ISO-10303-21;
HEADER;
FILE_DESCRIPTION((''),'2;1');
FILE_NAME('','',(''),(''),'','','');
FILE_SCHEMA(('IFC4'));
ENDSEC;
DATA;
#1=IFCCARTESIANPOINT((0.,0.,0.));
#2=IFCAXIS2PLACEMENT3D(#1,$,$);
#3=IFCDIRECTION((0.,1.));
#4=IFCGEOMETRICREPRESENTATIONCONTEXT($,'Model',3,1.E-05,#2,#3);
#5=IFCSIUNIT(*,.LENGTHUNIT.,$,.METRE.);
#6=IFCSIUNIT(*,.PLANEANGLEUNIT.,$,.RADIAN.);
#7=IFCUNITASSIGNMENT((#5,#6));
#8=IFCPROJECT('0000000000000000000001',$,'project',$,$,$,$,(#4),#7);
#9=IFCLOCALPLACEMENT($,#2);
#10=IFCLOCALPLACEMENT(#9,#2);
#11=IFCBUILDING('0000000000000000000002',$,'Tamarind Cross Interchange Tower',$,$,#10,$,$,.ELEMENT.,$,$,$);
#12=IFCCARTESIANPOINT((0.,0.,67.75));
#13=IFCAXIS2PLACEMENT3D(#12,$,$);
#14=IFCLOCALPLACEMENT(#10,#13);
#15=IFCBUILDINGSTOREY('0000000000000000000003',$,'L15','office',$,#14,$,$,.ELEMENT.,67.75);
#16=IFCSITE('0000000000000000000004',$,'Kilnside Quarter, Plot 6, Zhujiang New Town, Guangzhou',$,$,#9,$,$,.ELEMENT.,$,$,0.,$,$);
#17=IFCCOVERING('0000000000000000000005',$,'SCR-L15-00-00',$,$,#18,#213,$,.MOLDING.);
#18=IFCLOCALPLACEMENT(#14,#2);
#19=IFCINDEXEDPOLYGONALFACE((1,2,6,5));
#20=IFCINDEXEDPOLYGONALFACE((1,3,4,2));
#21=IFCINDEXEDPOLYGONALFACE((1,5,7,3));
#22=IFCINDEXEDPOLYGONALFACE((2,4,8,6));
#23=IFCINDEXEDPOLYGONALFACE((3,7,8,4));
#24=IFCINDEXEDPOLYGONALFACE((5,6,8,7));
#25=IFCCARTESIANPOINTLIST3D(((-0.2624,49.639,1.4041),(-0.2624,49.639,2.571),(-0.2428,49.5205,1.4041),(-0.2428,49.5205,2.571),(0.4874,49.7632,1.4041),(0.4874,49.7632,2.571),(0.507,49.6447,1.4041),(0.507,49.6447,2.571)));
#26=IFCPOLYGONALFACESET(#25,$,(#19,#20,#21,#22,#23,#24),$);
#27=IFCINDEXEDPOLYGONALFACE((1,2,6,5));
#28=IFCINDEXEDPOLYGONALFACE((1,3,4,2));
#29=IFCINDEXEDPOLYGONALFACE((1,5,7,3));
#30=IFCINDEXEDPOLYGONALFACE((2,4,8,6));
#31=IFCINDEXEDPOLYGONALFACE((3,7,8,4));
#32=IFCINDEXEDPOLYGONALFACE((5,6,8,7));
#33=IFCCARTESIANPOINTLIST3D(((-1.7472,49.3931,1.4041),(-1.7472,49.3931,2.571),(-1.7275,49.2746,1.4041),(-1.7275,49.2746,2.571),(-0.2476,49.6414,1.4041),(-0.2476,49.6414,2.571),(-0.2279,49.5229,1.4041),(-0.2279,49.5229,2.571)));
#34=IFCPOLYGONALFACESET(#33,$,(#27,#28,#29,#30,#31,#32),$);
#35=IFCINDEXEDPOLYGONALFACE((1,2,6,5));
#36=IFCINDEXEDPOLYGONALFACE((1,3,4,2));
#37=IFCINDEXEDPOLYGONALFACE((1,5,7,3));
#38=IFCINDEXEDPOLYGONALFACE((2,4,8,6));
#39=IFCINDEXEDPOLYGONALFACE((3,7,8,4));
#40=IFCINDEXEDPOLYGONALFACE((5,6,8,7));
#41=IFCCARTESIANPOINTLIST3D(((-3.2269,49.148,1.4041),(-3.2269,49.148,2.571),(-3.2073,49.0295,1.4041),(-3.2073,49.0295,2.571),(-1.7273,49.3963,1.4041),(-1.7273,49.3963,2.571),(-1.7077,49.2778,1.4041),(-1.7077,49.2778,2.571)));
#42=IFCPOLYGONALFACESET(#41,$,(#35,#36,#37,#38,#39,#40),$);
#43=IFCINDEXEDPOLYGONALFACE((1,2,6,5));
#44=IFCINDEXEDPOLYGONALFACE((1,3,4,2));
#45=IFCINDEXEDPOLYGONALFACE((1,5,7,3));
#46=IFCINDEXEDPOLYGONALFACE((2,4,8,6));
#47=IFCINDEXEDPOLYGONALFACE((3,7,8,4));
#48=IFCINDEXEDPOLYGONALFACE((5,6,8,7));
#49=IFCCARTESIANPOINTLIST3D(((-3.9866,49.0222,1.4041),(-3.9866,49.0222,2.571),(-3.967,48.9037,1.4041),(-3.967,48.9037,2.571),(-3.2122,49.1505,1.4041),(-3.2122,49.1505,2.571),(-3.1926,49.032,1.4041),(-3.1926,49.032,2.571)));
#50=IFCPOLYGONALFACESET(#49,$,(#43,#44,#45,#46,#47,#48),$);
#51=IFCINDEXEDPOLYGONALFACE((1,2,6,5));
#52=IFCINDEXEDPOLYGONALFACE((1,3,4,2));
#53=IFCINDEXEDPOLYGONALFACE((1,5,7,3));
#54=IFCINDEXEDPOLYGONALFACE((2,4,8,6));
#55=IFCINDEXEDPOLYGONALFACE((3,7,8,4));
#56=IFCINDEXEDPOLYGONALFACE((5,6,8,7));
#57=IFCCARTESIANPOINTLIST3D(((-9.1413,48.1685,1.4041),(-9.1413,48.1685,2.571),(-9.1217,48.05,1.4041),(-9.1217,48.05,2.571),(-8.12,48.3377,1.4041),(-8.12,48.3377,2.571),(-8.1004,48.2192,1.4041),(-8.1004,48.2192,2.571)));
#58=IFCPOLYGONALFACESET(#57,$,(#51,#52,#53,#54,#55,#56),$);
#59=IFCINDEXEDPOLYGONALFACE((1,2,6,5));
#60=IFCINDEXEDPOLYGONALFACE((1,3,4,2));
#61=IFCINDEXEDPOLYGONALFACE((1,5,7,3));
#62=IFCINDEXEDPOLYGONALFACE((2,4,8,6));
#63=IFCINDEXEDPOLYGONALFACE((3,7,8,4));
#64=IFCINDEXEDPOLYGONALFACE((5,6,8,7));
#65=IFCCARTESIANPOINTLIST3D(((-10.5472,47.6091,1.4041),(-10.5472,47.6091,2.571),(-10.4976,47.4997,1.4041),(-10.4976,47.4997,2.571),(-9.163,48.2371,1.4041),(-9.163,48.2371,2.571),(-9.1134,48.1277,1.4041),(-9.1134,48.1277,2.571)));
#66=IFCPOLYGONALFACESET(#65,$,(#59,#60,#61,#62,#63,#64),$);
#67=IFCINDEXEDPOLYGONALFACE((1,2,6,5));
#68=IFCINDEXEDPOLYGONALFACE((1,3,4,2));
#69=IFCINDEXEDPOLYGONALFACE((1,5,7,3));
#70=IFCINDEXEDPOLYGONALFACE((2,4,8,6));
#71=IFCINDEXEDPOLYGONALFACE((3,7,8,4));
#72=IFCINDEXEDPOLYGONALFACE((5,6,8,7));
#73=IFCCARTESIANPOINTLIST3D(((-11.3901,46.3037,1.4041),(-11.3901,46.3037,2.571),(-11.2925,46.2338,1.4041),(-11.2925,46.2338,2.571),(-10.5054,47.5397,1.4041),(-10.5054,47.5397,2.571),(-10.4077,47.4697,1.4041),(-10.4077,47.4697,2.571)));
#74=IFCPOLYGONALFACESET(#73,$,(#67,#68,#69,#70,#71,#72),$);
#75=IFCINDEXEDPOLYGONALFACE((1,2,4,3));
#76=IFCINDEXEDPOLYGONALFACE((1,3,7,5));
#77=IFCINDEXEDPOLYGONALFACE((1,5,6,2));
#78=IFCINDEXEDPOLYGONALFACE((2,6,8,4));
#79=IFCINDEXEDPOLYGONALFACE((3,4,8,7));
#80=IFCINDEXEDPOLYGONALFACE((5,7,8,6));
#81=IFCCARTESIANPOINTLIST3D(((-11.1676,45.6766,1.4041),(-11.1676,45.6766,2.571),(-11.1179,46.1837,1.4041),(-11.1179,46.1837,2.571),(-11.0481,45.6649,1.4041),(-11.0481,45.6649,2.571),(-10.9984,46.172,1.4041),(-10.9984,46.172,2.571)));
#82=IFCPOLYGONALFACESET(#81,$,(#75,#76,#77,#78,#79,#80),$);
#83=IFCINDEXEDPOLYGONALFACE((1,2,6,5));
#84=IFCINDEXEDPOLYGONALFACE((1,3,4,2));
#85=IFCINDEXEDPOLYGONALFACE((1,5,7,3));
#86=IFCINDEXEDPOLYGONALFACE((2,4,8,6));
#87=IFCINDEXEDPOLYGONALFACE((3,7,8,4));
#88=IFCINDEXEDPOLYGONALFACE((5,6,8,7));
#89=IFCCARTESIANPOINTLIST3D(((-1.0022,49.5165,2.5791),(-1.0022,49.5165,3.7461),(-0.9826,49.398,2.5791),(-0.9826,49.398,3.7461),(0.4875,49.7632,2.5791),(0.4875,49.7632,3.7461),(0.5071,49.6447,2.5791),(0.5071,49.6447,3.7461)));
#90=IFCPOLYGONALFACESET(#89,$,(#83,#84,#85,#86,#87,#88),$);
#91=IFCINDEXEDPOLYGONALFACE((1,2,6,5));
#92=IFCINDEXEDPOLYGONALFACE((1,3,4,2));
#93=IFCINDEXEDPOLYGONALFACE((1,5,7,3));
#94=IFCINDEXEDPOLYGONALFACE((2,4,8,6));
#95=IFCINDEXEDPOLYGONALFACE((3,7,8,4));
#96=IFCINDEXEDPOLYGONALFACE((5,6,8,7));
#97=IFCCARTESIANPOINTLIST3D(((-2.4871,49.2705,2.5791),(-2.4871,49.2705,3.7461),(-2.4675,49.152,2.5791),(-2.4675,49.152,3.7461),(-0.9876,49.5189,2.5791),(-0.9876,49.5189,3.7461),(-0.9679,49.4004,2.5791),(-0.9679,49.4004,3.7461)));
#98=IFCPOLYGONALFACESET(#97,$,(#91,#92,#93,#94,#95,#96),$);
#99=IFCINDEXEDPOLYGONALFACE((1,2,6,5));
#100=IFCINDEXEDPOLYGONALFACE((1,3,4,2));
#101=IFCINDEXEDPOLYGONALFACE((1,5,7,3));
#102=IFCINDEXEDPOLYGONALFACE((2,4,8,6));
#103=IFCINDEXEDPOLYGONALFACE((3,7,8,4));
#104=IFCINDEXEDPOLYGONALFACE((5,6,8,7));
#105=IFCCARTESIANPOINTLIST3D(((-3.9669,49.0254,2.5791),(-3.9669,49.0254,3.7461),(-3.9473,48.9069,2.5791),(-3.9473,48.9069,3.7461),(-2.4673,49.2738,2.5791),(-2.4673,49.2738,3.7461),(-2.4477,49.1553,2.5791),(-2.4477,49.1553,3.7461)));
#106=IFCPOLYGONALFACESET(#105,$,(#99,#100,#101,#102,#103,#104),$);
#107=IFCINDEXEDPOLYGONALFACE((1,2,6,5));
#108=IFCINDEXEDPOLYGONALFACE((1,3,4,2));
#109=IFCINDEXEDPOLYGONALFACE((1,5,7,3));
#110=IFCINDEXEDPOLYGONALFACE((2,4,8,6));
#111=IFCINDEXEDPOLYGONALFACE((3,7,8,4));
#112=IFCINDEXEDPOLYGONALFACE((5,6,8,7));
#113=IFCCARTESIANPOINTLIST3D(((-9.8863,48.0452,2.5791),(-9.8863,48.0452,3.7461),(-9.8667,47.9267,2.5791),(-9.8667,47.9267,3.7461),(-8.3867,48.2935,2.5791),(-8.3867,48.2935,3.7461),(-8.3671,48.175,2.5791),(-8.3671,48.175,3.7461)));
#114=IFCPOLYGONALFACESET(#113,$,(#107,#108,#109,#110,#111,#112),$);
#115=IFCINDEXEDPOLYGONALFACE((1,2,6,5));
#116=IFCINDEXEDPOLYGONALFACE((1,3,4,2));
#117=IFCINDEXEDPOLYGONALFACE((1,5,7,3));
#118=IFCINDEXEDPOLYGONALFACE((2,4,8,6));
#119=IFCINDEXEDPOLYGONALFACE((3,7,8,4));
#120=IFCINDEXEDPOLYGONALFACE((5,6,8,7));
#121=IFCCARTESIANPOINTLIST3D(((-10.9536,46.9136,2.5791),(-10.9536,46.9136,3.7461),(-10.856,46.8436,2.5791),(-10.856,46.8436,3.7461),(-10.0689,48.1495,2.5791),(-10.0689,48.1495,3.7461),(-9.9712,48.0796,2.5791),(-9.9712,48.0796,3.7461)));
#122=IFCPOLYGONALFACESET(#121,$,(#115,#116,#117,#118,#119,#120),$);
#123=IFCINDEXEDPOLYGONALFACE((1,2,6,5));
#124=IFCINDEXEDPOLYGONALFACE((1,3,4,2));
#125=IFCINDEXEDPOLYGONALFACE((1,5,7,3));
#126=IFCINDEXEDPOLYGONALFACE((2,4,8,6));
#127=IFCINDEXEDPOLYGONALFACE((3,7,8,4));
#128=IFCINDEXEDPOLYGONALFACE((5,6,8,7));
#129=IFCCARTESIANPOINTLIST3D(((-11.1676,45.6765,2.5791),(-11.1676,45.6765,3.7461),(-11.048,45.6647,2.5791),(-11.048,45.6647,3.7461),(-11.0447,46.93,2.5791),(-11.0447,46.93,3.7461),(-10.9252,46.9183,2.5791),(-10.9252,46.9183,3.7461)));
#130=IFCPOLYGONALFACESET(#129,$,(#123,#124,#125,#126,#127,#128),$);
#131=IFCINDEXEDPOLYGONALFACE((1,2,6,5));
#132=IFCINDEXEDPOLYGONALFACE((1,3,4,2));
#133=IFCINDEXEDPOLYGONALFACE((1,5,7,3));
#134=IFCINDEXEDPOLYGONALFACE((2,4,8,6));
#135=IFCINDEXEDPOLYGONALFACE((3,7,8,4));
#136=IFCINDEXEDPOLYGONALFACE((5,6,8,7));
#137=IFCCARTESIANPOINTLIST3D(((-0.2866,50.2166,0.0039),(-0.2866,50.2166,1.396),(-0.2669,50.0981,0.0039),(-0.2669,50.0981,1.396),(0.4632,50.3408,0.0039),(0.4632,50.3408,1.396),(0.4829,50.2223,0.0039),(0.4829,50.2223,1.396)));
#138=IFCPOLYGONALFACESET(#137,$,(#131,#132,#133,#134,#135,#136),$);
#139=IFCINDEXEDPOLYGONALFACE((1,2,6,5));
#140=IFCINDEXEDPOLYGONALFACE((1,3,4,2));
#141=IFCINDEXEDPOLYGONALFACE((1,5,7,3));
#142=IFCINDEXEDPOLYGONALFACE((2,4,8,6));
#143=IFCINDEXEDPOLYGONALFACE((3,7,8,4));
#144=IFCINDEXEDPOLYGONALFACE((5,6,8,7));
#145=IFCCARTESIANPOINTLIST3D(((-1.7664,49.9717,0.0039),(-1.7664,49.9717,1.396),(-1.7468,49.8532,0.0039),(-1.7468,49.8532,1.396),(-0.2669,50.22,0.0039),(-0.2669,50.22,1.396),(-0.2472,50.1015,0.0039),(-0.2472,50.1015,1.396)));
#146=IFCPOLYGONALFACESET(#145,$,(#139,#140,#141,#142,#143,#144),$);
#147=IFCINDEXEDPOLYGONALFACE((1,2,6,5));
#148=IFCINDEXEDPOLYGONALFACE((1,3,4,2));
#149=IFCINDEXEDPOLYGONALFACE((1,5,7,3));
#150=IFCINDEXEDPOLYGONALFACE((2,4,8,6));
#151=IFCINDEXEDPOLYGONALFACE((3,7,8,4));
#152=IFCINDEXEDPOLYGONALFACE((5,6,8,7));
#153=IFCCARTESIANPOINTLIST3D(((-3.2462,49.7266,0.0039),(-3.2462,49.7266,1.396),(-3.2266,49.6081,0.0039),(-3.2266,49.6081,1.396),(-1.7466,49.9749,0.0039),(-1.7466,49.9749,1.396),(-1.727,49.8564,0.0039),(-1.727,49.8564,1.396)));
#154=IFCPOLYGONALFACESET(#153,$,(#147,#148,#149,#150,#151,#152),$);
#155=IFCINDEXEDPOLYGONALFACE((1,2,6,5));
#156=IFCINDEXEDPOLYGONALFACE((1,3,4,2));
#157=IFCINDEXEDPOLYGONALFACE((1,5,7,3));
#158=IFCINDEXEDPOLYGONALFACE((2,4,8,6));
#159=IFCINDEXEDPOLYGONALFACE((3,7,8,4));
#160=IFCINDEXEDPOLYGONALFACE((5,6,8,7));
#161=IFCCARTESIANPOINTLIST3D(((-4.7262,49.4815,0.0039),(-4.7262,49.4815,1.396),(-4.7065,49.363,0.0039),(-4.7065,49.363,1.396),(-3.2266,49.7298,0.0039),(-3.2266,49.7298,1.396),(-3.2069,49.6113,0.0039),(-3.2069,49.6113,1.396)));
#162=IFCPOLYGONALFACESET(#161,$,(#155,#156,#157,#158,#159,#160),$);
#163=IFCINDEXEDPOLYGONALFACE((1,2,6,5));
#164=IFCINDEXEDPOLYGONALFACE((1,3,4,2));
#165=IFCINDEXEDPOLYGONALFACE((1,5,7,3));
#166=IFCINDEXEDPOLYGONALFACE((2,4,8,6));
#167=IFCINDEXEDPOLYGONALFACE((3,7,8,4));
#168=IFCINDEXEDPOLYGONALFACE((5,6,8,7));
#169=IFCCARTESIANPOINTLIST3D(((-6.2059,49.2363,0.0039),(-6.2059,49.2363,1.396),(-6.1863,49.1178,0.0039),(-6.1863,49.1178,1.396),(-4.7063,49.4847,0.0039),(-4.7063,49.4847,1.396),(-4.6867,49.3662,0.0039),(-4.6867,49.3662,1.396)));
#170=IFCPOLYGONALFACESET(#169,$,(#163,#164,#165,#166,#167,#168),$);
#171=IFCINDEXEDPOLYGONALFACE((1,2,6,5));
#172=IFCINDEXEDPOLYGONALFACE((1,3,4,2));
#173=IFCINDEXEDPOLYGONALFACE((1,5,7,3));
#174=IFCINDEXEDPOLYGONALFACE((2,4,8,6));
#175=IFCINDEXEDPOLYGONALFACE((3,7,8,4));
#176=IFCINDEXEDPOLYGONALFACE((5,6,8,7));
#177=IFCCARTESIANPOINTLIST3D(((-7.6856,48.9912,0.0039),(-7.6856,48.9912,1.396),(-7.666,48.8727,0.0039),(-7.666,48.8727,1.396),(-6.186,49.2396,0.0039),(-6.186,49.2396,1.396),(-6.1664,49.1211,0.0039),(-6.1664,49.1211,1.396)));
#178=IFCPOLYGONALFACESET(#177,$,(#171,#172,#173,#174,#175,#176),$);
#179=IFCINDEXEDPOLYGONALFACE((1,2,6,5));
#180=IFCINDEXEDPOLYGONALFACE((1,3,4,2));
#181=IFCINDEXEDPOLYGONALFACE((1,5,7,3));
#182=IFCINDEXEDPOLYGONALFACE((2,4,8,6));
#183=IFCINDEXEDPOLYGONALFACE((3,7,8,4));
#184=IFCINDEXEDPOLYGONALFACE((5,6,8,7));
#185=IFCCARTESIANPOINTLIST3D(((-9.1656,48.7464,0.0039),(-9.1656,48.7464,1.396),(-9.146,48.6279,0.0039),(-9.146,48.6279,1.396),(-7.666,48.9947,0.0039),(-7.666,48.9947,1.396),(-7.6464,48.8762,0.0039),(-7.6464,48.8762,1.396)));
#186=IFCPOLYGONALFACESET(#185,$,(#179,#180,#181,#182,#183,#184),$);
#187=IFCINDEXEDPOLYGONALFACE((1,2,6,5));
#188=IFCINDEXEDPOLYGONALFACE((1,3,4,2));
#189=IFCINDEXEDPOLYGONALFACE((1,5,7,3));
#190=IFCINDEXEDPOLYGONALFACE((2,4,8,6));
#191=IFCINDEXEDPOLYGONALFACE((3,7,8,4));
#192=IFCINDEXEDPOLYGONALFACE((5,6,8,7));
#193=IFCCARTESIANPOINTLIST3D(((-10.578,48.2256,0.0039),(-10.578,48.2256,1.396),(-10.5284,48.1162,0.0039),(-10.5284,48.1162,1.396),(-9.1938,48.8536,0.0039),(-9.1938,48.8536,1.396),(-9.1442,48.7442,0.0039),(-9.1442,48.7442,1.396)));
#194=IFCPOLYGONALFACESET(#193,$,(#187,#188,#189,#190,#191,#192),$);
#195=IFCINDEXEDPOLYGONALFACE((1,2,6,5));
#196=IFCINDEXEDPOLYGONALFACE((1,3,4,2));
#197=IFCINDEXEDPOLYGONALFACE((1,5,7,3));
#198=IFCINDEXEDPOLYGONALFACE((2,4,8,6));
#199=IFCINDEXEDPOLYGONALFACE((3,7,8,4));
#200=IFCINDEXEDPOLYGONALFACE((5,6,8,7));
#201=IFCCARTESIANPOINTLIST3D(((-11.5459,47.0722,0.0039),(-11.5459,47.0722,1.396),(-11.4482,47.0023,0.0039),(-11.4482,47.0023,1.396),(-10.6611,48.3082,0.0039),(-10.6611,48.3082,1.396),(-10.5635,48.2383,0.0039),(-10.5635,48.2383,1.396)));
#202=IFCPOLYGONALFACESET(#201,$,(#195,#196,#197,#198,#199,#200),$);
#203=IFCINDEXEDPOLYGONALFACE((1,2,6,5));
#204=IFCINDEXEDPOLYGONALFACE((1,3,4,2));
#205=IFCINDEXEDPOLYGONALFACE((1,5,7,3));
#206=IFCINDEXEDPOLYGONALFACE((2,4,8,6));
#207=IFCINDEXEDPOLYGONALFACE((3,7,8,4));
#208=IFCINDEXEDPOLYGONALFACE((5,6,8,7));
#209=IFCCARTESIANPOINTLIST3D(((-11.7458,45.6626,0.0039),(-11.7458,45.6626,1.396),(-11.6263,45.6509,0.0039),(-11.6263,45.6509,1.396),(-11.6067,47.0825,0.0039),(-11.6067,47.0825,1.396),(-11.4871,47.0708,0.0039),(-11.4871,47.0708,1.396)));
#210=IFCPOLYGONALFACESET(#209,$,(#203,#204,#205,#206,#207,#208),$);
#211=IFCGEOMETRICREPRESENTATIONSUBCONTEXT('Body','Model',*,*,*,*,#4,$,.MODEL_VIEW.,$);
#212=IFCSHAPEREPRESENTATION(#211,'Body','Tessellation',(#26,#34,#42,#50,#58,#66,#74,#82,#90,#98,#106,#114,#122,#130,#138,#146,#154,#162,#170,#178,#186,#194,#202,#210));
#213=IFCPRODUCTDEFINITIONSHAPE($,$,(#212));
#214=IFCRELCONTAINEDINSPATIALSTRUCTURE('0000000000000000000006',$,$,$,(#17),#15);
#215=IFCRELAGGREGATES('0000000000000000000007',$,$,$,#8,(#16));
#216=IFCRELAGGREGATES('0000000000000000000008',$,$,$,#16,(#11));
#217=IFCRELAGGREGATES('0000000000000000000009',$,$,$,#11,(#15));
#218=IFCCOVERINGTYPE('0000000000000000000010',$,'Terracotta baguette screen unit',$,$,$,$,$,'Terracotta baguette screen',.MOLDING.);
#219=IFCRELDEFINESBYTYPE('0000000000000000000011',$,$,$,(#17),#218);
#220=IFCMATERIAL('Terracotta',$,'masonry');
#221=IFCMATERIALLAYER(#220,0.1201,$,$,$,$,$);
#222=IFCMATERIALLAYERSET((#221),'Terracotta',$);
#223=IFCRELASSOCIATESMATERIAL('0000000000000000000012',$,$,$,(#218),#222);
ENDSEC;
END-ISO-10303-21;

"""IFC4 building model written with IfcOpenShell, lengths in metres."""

from ifc_helpers import new_model, si_unit, direction, frame, origin, origin_2d, place, context, subcontext, project, spatial, rectangle, extrude, material, layer, layer_set, type_object, element, save


model = new_model("IFC4")

# Units and contexts
model_context = context("Model", 3, precision=1e-05, world=origin(), true_north=direction((0.0, 1.0)))
body_context = subcontext(model_context, "Body", "Model", "MODEL_VIEW")
ifc_project = project(units=[si_unit("LENGTHUNIT", "METRE"), si_unit("PLANEANGLEUNIT", "RADIAN")], contexts=[model_context])

# Site, building, storey
site_placement = place(None, origin())
site = spatial("IfcSite", under=ifc_project, at=site_placement, Name="Kilnside Quarter, Plot 6, Zhujiang New Town, Guangzhou", CompositionType="ELEMENT", RefElevation=0.0)
building_placement = place(site_placement, origin())
building = spatial("IfcBuilding", under=site, at=building_placement, Name="Tamarind Cross Interchange Tower", CompositionType="ELEMENT")
storey_placement = place(building_placement, frame((0.0, 0.0, 67.75)))
storey = spatial("IfcBuildingStorey", under=building, at=storey_placement, Name="L15", Description="office", CompositionType="ELEMENT", Elevation=67.75)

# Covering
ifc_material_1 = material(Name="Terracotta", Category="masonry")
ifc_layer_1 = layer(ifc_material_1, 0.1201)
ifc_layer_set_1 = layer_set([ifc_layer_1], Name="Terracotta")
covering_type = type_object("IfcCoveringType", Name="Terracotta baguette screen unit", ElementType="Terracotta baguette screen", PredefinedType="MOLDING", material=ifc_layer_set_1)
covering_1_placement = place(storey_placement, origin())
element("IfcCovering", 1, at=covering_1_placement, inside=storey, type_object=covering_type, Name="SCR-L15-00-00", PredefinedType="MOLDING", context=body_context, shape_type="SweptSolid", body=[
    extrude(rectangle(XDim=0.76, YDim=0.1201, at=origin_2d()), frame((0.1223, 49.6418, 1.4041), z_axis=(0.0, 0.0, 1.0), x_axis=(-0.986563, -0.163381, 0.0)), (0.0, 0.0, 1.0), 1.167),
    extrude(rectangle(XDim=1.52, YDim=0.1201, at=origin_2d()), frame((-0.9875, 49.458, 1.4041), z_axis=(0.0, 0.0, 1.0), x_axis=(-0.986563, -0.163381, 0.0)), (0.0, 0.0, 1.0), 1.167),
    extrude(rectangle(XDim=1.52, YDim=0.1201, at=origin_2d()), frame((-2.4673, 49.2129, 1.4041), z_axis=(0.0, 0.0, 1.0), x_axis=(-0.986563, -0.163381, 0.0)), (0.0, 0.0, 1.0), 1.167),
    extrude(rectangle(XDim=0.7849, YDim=0.1201, at=origin_2d()), frame((-3.5896, 49.0271, 1.4041), z_axis=(0.0, 0.0, 1.0), x_axis=(-0.986563, -0.163381, 0.0)), (0.0, 0.0, 1.0), 1.167),
    extrude(rectangle(XDim=1.0352, YDim=0.1201, at=origin_2d()), frame((-8.6208, 48.1938, 1.4041), z_axis=(0.0, 0.0, 1.0), x_axis=(-0.986563, -0.163381, 0.0)), (0.0, 0.0, 1.0), 1.167),
    extrude(rectangle(XDim=1.52, YDim=0.1201, at=origin_2d()), frame((-9.8303, 47.8684, 1.4041), z_axis=(0.0, 0.0, 1.0), x_axis=(-0.910661, -0.413155, 0.0)), (0.0, 0.0, 1.0), 1.167),
    extrude(rectangle(XDim=1.52, YDim=0.1201, at=origin_2d()), frame((-10.8989, 46.8867, 1.4041), z_axis=(0.0, 0.0, 1.0), x_axis=(-0.582078, -0.813133, 0.0)), (0.0, 0.0, 1.0), 1.167),
    extrude(rectangle(XDim=0.5095, YDim=0.1201, at=origin_2d()), frame((-11.083, 45.9243, 1.4041), z_axis=(0.0, 0.0, 1.0), x_axis=(-0.097527, -0.995233, 0.0)), (0.0, 0.0, 1.0), 1.167),
    extrude(rectangle(XDim=1.51, YDim=0.1201, at=origin_2d()), frame((-0.2476, 49.5806, 2.5791), z_axis=(0.0, 0.0, 1.0), x_axis=(-0.986563, -0.163381, 0.0)), (0.0, 0.0, 1.0), 1.167),
    extrude(rectangle(XDim=1.52, YDim=0.1201, at=origin_2d()), frame((-1.7275, 49.3354, 2.5791), z_axis=(0.0, 0.0, 1.0), x_axis=(-0.986563, -0.163381, 0.0)), (0.0, 0.0, 1.0), 1.167),
    extrude(rectangle(XDim=1.52, YDim=0.1201, at=origin_2d()), frame((-3.2073, 49.0903, 2.5791), z_axis=(0.0, 0.0, 1.0), x_axis=(-0.986563, -0.163381, 0.0)), (0.0, 0.0, 1.0), 1.167),
    extrude(rectangle(XDim=1.52, YDim=0.1201, at=origin_2d()), frame((-9.1267, 48.1101, 2.5791), z_axis=(0.0, 0.0, 1.0), x_axis=(-0.986563, -0.163381, 0.0)), (0.0, 0.0, 1.0), 1.167),
    extrude(rectangle(XDim=1.52, YDim=0.1201, at=origin_2d()), frame((-10.4624, 47.4966, 2.5791), z_axis=(0.0, 0.0, 1.0), x_axis=(-0.582078, -0.813133, 0.0)), (0.0, 0.0, 1.0), 1.167),
    extrude(rectangle(XDim=1.2595, YDim=0.1201, at=origin_2d()), frame((-11.0464, 46.2974, 2.5791), z_axis=(0.0, 0.0, 1.0), x_axis=(-0.097527, -0.995233, 0.0)), (0.0, 0.0, 1.0), 1.167),
    extrude(rectangle(XDim=0.76, YDim=0.1201, at=origin_2d()), frame((0.0981, 50.2195, 0.0039), z_axis=(0.0, 0.0, 1.0), x_axis=(-0.986563, -0.163381, 0.0)), (0.0, 0.0, 1.0), 1.3921),
    extrude(rectangle(XDim=1.52, YDim=0.1201, at=origin_2d()), frame((-1.0068, 50.0366, 0.0039), z_axis=(0.0, 0.0, 1.0), x_axis=(-0.986563, -0.163381, 0.0)), (0.0, 0.0, 1.0), 1.3921),
    extrude(rectangle(XDim=1.52, YDim=0.1201, at=origin_2d()), frame((-2.4866, 49.7915, 0.0039), z_axis=(0.0, 0.0, 1.0), x_axis=(-0.986563, -0.163381, 0.0)), (0.0, 0.0, 1.0), 1.3921),
    extrude(rectangle(XDim=1.52, YDim=0.1201, at=origin_2d()), frame((-3.9666, 49.5464, 0.0039), z_axis=(0.0, 0.0, 1.0), x_axis=(-0.986563, -0.163381, 0.0)), (0.0, 0.0, 1.0), 1.3921),
    extrude(rectangle(XDim=1.52, YDim=0.1201, at=origin_2d()), frame((-5.4463, 49.3013, 0.0039), z_axis=(0.0, 0.0, 1.0), x_axis=(-0.986563, -0.163381, 0.0)), (0.0, 0.0, 1.0), 1.3921),
    extrude(rectangle(XDim=1.52, YDim=0.1201, at=origin_2d()), frame((-6.926, 49.0562, 0.0039), z_axis=(0.0, 0.0, 1.0), x_axis=(-0.986563, -0.163381, 0.0)), (0.0, 0.0, 1.0), 1.3921),
    extrude(rectangle(XDim=1.52, YDim=0.1201, at=origin_2d()), frame((-8.406, 48.8113, 0.0039), z_axis=(0.0, 0.0, 1.0), x_axis=(-0.986563, -0.163381, 0.0)), (0.0, 0.0, 1.0), 1.3921),
    extrude(rectangle(XDim=1.52, YDim=0.1201, at=origin_2d()), frame((-9.8611, 48.4849, 0.0039), z_axis=(0.0, 0.0, 1.0), x_axis=(-0.910661, -0.413155, 0.0)), (0.0, 0.0, 1.0), 1.3921),
    extrude(rectangle(XDim=1.52, YDim=0.1201, at=origin_2d()), frame((-11.0547, 47.6553, 0.0039), z_axis=(0.0, 0.0, 1.0), x_axis=(-0.582078, -0.813133, 0.0)), (0.0, 0.0, 1.0), 1.3921),
    extrude(rectangle(XDim=1.4268, YDim=0.1201, at=origin_2d()), frame((-11.6165, 46.3667, 0.0039), z_axis=(0.0, 0.0, 1.0), x_axis=(-0.097527, -0.995233, 0.0)), (0.0, 0.0, 1.0), 1.3921),
])

save(model, "model.ifc")
